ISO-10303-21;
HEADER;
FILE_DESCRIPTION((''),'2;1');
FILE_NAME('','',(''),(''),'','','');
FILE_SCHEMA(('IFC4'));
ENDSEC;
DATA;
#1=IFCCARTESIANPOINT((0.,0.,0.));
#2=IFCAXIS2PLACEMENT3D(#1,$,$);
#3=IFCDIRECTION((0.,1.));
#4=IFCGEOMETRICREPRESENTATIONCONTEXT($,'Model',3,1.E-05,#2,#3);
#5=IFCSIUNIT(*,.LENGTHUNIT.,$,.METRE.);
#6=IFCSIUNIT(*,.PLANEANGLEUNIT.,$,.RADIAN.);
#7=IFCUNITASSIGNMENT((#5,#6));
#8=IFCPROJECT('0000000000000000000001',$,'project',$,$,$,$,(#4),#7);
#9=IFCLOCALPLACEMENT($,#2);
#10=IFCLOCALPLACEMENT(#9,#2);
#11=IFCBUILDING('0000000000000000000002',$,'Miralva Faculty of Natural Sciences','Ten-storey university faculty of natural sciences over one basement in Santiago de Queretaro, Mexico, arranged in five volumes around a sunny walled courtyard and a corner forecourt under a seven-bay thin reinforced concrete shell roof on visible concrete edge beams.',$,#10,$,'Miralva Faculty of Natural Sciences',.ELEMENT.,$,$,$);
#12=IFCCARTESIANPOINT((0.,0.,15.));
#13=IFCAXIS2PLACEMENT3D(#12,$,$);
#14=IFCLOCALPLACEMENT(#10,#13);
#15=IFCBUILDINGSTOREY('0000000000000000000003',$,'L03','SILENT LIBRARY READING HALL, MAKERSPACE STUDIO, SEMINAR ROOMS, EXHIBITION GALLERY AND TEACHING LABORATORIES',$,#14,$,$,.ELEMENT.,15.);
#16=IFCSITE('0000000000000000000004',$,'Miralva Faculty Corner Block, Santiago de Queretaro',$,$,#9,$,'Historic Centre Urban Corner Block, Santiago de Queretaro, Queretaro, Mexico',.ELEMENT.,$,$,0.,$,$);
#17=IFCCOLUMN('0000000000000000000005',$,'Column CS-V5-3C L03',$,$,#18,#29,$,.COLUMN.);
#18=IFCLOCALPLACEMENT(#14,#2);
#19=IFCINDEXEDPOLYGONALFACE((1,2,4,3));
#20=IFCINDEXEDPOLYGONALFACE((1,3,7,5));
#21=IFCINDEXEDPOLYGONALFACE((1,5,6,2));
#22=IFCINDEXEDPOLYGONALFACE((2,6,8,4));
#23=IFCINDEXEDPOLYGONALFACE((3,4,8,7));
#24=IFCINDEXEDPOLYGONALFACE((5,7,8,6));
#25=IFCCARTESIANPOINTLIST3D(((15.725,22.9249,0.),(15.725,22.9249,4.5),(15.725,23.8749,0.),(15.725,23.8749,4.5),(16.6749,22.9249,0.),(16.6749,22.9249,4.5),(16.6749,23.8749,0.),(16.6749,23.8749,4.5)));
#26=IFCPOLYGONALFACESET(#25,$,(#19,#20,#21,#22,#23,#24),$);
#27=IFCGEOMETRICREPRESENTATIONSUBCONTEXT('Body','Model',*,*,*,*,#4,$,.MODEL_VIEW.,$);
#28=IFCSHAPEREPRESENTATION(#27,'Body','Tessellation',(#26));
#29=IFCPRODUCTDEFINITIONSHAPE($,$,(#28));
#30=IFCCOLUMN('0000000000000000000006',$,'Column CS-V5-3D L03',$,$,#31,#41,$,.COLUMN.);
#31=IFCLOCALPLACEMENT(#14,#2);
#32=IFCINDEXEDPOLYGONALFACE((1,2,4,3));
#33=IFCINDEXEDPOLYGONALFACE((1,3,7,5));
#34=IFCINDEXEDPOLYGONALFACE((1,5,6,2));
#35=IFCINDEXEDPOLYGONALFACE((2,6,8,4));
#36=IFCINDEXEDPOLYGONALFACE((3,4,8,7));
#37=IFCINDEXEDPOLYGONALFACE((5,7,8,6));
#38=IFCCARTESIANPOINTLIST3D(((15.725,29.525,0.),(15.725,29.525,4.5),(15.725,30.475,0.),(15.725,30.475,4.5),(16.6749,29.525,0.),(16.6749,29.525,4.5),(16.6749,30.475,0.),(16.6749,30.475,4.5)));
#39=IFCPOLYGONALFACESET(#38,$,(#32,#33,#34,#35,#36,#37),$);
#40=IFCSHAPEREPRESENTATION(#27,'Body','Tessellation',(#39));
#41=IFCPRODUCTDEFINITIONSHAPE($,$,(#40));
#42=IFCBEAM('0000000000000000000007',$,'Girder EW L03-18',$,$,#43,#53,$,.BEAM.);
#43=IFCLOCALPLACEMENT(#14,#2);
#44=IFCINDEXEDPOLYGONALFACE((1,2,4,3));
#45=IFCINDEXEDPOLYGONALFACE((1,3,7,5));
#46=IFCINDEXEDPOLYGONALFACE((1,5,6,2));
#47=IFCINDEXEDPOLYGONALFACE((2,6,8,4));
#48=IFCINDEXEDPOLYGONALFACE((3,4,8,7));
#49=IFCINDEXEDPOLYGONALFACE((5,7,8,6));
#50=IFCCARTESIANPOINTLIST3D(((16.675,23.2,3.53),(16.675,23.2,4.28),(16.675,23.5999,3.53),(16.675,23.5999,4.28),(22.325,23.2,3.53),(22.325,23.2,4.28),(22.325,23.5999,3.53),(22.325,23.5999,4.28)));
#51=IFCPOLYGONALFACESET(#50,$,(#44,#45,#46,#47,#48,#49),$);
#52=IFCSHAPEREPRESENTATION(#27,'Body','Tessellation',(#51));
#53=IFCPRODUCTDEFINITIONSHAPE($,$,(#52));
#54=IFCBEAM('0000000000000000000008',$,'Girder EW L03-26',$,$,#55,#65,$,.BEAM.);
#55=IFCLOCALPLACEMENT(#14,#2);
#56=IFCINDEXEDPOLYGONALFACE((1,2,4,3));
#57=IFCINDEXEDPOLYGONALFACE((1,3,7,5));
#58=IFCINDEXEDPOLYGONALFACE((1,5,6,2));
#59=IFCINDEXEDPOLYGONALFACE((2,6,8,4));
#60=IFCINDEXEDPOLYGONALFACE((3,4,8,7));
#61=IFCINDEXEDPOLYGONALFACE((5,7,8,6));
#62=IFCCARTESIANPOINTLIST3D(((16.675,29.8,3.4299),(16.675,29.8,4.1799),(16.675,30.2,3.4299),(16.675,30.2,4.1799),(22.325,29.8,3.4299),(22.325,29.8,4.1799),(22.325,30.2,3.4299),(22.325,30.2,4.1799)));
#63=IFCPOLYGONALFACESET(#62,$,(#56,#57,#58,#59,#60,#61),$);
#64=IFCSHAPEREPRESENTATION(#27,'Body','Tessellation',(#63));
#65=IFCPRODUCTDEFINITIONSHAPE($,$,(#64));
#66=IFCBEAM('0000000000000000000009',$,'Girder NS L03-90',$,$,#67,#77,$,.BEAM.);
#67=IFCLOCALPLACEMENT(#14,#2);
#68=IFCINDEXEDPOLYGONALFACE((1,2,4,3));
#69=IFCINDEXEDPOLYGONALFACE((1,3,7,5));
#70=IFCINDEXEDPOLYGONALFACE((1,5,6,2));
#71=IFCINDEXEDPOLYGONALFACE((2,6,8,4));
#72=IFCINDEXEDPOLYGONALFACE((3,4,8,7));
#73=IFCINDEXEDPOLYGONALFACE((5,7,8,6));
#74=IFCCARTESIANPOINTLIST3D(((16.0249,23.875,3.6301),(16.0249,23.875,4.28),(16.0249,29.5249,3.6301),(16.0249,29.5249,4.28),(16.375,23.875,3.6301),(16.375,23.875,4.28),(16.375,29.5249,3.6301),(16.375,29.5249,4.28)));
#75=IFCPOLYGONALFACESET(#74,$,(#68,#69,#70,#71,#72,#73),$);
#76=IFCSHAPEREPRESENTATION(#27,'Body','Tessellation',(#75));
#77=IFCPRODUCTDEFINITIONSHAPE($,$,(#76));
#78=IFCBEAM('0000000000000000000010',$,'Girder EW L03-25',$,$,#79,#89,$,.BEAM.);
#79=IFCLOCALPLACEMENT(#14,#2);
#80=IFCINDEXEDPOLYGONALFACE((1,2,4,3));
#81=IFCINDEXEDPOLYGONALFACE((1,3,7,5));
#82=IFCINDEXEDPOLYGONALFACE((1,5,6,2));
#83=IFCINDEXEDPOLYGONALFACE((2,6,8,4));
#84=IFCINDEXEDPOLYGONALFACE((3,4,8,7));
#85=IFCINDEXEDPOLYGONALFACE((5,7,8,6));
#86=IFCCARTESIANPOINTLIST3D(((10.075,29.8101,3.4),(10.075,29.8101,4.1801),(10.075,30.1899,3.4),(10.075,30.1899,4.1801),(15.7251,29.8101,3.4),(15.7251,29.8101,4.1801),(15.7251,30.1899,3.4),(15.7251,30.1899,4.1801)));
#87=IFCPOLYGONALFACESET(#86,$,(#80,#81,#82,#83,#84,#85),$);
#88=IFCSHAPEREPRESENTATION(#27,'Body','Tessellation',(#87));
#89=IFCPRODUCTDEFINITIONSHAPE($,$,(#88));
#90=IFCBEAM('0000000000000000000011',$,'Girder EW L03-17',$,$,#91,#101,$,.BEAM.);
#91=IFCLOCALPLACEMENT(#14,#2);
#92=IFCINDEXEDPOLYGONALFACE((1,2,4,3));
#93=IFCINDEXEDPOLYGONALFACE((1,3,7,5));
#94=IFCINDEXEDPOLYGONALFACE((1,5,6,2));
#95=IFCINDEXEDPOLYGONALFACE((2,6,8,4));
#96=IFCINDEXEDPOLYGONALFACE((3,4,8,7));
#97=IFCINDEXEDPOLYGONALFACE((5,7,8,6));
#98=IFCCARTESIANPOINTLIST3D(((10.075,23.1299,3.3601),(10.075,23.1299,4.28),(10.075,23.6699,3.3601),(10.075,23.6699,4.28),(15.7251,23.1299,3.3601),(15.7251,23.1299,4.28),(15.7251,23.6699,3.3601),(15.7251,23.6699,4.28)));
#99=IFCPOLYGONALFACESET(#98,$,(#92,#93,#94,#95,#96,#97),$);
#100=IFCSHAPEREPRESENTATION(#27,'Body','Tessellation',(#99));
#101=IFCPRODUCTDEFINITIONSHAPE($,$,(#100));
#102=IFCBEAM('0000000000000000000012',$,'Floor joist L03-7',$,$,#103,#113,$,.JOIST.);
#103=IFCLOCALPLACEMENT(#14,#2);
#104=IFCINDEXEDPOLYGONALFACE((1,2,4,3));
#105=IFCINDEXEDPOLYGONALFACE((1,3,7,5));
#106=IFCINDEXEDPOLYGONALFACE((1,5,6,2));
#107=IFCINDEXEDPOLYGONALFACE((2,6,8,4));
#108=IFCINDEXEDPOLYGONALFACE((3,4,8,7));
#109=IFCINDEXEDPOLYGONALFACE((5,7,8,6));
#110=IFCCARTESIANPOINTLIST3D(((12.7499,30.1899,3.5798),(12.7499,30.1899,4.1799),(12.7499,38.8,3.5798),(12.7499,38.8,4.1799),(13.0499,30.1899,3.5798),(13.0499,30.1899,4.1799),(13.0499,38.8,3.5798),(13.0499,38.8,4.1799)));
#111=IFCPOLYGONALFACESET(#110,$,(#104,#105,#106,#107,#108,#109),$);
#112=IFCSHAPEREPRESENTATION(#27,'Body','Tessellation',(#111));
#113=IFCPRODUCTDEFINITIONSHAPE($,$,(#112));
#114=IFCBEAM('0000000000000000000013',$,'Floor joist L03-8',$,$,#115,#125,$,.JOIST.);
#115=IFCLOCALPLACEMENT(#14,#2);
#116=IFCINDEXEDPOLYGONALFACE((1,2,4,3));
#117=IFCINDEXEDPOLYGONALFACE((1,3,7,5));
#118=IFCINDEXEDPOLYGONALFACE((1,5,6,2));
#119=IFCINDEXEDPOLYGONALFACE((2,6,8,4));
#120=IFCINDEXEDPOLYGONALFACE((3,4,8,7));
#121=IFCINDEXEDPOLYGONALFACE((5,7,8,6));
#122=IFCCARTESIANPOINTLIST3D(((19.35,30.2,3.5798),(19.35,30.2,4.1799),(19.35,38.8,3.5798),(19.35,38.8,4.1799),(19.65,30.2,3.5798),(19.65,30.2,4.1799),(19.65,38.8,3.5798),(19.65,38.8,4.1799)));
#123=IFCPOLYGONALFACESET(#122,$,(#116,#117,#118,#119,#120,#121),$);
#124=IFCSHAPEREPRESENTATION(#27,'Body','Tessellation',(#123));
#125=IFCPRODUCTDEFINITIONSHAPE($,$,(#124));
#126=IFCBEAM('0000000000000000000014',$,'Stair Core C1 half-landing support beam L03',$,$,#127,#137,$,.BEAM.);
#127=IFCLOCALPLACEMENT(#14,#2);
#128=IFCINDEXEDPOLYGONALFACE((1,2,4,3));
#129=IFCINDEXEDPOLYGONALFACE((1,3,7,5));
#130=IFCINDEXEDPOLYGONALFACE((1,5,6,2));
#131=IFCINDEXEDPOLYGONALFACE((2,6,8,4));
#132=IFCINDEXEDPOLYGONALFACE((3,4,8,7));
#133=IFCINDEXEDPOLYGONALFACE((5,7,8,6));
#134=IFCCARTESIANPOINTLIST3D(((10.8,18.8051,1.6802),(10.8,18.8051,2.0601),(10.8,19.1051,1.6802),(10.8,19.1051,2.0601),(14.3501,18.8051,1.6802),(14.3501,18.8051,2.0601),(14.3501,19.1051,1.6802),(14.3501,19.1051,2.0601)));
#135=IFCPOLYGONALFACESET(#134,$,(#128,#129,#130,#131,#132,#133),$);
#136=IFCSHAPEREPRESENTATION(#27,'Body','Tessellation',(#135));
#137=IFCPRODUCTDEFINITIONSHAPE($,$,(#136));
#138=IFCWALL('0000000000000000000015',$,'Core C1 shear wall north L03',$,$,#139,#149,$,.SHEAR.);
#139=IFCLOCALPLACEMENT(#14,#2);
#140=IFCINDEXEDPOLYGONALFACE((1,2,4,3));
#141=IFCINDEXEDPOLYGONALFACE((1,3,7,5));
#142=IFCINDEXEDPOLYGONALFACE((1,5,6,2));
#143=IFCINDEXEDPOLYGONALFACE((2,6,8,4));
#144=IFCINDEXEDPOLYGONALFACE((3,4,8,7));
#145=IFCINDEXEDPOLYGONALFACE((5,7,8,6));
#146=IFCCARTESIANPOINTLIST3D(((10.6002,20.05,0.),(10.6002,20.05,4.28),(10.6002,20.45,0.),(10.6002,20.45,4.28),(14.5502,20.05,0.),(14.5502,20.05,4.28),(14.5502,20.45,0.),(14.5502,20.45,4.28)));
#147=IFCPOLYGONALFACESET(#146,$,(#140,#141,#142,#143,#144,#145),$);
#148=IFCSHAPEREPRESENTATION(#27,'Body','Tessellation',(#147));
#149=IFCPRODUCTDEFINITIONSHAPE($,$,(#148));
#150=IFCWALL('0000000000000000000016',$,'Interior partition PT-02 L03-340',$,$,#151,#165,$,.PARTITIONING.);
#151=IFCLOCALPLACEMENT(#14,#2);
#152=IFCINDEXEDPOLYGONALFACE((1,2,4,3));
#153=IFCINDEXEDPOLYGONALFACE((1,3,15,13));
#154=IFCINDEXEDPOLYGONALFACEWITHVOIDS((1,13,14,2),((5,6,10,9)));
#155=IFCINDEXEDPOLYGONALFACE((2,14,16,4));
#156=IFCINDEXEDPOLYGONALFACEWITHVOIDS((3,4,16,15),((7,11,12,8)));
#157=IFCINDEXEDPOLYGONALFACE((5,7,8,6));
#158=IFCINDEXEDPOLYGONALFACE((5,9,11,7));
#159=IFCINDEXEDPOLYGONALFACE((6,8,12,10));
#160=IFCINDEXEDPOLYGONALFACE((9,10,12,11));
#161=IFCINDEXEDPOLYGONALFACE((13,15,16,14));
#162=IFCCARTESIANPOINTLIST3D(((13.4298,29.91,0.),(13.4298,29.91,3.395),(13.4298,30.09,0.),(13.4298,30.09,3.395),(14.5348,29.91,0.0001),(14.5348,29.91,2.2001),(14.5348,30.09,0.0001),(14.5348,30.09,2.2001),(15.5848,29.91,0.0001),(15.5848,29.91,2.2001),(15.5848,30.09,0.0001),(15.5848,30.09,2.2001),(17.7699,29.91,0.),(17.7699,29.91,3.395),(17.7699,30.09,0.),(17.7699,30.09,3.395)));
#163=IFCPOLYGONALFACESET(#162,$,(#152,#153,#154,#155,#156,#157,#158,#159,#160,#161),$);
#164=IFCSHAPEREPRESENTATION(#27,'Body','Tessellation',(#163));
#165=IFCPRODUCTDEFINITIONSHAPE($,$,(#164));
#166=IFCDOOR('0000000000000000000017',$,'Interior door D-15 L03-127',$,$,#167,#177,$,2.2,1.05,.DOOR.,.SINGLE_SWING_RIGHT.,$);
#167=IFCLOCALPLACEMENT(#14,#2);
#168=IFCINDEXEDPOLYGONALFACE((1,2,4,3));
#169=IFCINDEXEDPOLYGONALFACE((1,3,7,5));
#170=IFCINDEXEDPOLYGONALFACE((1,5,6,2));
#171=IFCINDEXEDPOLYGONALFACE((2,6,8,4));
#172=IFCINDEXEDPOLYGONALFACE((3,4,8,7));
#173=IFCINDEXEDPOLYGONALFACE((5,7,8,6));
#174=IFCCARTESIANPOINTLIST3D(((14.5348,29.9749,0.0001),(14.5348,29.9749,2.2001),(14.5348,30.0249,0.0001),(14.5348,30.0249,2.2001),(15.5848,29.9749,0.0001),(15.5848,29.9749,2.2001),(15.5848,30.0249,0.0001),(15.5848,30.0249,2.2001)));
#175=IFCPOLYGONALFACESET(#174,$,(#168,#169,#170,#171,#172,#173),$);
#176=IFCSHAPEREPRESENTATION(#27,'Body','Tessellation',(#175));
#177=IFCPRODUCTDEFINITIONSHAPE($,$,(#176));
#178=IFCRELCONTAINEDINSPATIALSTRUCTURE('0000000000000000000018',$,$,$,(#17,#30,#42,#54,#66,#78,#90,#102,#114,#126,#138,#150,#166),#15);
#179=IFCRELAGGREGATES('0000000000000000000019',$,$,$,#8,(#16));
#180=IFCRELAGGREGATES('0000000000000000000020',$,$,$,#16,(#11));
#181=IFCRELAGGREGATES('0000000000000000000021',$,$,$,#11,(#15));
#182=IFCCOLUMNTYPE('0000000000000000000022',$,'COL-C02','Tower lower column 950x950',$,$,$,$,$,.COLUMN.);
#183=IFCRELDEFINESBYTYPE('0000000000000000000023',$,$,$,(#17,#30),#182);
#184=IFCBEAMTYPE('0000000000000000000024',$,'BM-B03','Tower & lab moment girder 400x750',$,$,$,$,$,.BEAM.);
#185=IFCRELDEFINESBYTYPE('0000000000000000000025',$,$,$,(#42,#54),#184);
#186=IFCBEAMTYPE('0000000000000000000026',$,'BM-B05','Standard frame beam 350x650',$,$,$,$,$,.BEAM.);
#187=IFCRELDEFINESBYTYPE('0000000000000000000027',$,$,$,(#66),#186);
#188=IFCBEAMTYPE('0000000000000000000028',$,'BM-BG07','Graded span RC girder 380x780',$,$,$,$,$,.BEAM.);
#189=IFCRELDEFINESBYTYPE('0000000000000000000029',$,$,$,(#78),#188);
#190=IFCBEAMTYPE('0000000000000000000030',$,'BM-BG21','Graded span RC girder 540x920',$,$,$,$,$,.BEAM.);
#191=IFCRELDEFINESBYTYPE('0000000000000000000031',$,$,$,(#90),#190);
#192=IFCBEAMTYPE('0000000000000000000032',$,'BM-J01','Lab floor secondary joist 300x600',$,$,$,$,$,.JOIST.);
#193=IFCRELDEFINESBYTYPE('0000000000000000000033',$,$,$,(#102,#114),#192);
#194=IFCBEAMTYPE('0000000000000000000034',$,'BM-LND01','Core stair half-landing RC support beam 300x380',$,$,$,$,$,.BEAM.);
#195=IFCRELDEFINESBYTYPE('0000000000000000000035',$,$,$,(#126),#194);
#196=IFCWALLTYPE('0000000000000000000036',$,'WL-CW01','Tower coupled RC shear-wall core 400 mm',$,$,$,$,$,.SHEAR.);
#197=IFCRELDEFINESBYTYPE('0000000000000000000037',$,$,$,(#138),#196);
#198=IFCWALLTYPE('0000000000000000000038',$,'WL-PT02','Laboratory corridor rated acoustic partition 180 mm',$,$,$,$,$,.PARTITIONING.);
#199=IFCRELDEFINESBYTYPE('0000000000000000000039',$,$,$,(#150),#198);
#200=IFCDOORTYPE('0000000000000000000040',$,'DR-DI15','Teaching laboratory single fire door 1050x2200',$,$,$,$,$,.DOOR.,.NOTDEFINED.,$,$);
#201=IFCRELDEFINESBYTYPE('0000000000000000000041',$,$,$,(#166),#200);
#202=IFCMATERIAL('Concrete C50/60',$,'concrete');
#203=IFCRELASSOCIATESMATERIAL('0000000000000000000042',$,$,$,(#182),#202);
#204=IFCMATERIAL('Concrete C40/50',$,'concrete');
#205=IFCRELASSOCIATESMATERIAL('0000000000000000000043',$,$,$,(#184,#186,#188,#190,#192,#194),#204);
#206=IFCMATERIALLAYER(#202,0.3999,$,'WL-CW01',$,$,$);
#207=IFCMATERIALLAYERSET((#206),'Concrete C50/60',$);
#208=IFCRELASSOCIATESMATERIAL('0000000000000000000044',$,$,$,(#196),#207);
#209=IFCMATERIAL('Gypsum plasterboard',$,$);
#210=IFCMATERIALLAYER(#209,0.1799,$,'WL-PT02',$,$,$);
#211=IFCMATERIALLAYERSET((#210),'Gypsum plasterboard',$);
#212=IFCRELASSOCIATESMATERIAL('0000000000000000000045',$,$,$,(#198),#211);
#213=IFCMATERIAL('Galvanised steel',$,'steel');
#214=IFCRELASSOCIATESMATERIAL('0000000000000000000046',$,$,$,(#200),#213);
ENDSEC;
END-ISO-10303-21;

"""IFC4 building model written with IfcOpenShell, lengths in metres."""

from ifc_helpers import new_model, si_unit, direction, frame, frame_2d, origin, origin_2d, place, context, subcontext, project, spatial, rectangle, extrude, material, layer, layer_set, material_profile, profile_set, type_object, element, fill, save


model = new_model("IFC4")

# Units and contexts
model_context = context("Model", 3, precision=1e-05, world=origin(), true_north=direction((0.0, 1.0)))
body_context = subcontext(model_context, "Body", "Model", "MODEL_VIEW")
ifc_project = project(units=[si_unit("LENGTHUNIT", "METRE"), si_unit("PLANEANGLEUNIT", "RADIAN")], contexts=[model_context])

# Site, building, storey
site_placement = place(None, origin())
site = spatial("IfcSite", under=ifc_project, at=site_placement, Name="Miralva Faculty Corner Block, Santiago de Queretaro", LongName="Historic Centre Urban Corner Block, Santiago de Queretaro, Queretaro, Mexico", CompositionType="ELEMENT", RefElevation=0.0)
building_placement = place(site_placement, origin())
building = spatial("IfcBuilding", under=site, at=building_placement, Name="Miralva Faculty of Natural Sciences", Description="Ten-storey university faculty of natural sciences over one basement in Santiago de Queretaro, Mexico, arranged in five volumes around a sunny walled courtyard and a corner forecourt under a seven-bay thin reinforced concrete shell roof on visible concrete edge beams.", LongName="Miralva Faculty of Natural Sciences", CompositionType="ELEMENT")
storey_placement = place(building_placement, frame((0.0, 0.0, 15.0)))
storey = spatial("IfcBuildingStorey", under=building, at=storey_placement, Name="L03", Description="SILENT LIBRARY READING HALL, MAKERSPACE STUDIO, SEMINAR ROOMS, EXHIBITION GALLERY AND TEACHING LABORATORIES", CompositionType="ELEMENT", Elevation=15.0)

# Columns
ifc_material_1 = material(Name="Concrete C50/60", Category="concrete")
ifc_material_profile_1 = material_profile(ifc_material_1, rectangle(XDim=0.95, YDim=0.95, at=origin_2d()), Name="RC 950x950")
ifc_profile_set_1 = profile_set([ifc_material_profile_1], Name="Concrete C50/60")
column_type = type_object("IfcColumnType", Name="COL-C02", Description="Tower lower column 950x950", PredefinedType="COLUMN", material=ifc_profile_set_1)
for number, where, z_axis, x_axis, name in (
    (1, (16.2, 23.3999, 0.0), (0.0, 0.0, 1.0), (1.0, 0.0, 0.0), "Column CS-V5-3C L03"),
    (2, (16.2, 30.0, 0.0), (0.0, 0.0, 1.0), (1.0, 0.0, 0.0), "Column CS-V5-3D L03"),
):
    element("IfcColumn", number, at=place(storey_placement, frame(where, z_axis=z_axis, x_axis=x_axis)), inside=storey, type_object=column_type, Name=name, PredefinedType="COLUMN", context=body_context, shape_type="SweptSolid", body=[
        extrude(rectangle(XDim=0.95, YDim=0.95, at=origin_2d()), origin(), (0.0, 0.0, 1.0), 4.5),
    ])

# Beams
ifc_material_2 = material(Name="Concrete C40/50", Category="concrete")
ifc_material_profile_2 = material_profile(ifc_material_2, rectangle(XDim=0.3999, YDim=0.75, at=origin_2d()), Name="RC 400x750")
ifc_profile_set_2 = profile_set([ifc_material_profile_2], Name="Concrete C40/50")
beam_type_1 = type_object("IfcBeamType", Name="BM-B03", Description="Tower & lab moment girder 400x750", PredefinedType="BEAM", material=ifc_profile_set_2)
for number, where, z_axis, x_axis, name in (
    (3, (16.675, 23.3999, 3.905), (1.0, 0.0, 0.0), (0.0, 1.0, 0.0), "Girder EW L03-18"),
    (4, (16.675, 30.0, 3.8049), (1.0, 0.0, 0.0), (0.0, 1.0, 0.0), "Girder EW L03-26"),
):
    element("IfcBeam", number, at=place(storey_placement, frame(where, z_axis=z_axis, x_axis=x_axis)), inside=storey, type_object=beam_type_1, Name=name, PredefinedType="BEAM", context=body_context, shape_type="SweptSolid", body=[
        extrude(rectangle(XDim=0.3999, YDim=0.75, at=origin_2d()), origin(), (0.0, 0.0, 1.0), 5.6499),
    ])
ifc_material_profile_3 = material_profile(ifc_material_2, rectangle(XDim=0.3501, YDim=0.6499, at=origin_2d()), Name="RC 350x650")
ifc_profile_set_3 = profile_set([ifc_material_profile_3], Name="Concrete C40/50")
beam_type_2 = type_object("IfcBeamType", Name="BM-B05", Description="Standard frame beam 350x650", PredefinedType="BEAM", material=ifc_profile_set_3)
beam_1_placement = place(storey_placement, frame((16.2, 23.875, 3.9551), z_axis=(0.0, 1.0, 0.0), x_axis=(-1.0, 0.0, 0.0)))
element("IfcBeam", 5, at=beam_1_placement, inside=storey, type_object=beam_type_2, Name="Girder NS L03-90", PredefinedType="BEAM", context=body_context, shape_type="SweptSolid", body=[
    extrude(rectangle(XDim=0.3501, YDim=0.6499, at=origin_2d()), origin(), (0.0, 0.0, 1.0), 5.6499),
])
ifc_material_profile_4 = material_profile(ifc_material_2, rectangle(XDim=0.3799, YDim=0.78, at=origin_2d()), Name="RC 380x780")
ifc_profile_set_4 = profile_set([ifc_material_profile_4], Name="Concrete C40/50")
beam_type_3 = type_object("IfcBeamType", Name="BM-BG07", Description="Graded span RC girder 380x780", PredefinedType="BEAM", material=ifc_profile_set_4)
beam_2_placement = place(storey_placement, frame((10.075, 30.0, 3.79), z_axis=(1.0, 0.0, 0.0), x_axis=(0.0, 1.0, 0.0)))
element("IfcBeam", 6, at=beam_2_placement, inside=storey, type_object=beam_type_3, Name="Girder EW L03-25", PredefinedType="BEAM", context=body_context, shape_type="SweptSolid", body=[
    extrude(rectangle(XDim=0.3799, YDim=0.78, at=origin_2d()), origin(), (0.0, 0.0, 1.0), 5.6501),
])
ifc_material_profile_5 = material_profile(ifc_material_2, rectangle(XDim=0.54, YDim=0.9199, at=origin_2d()), Name="RC 540x920")
ifc_profile_set_5 = profile_set([ifc_material_profile_5], Name="Concrete C40/50")
beam_type_4 = type_object("IfcBeamType", Name="BM-BG21", Description="Graded span RC girder 540x920", PredefinedType="BEAM", material=ifc_profile_set_5)
beam_3_placement = place(storey_placement, frame((10.075, 23.3999, 3.8201), z_axis=(1.0, 0.0, 0.0), x_axis=(0.0, 1.0, 0.0)))
element("IfcBeam", 7, at=beam_3_placement, inside=storey, type_object=beam_type_4, Name="Girder EW L03-17", PredefinedType="BEAM", context=body_context, shape_type="SweptSolid", body=[
    extrude(rectangle(XDim=0.54, YDim=0.9199, at=origin_2d()), origin(), (0.0, 0.0, 1.0), 5.6501),
])
ifc_material_profile_6 = material_profile(ifc_material_2, rectangle(XDim=0.3, YDim=0.6001, at=origin_2d()), Name="RC 300x600")
ifc_profile_set_6 = profile_set([ifc_material_profile_6], Name="Concrete C40/50")
beam_type_5 = type_object("IfcBeamType", Name="BM-J01", Description="Lab floor secondary joist 300x600", PredefinedType="JOIST", material=ifc_profile_set_6)
beam_4_placement = place(storey_placement, frame((12.8999, 30.1899, 3.8799), z_axis=(0.0, 1.0, 0.0), x_axis=(-1.0, 0.0, 0.0)))
element("IfcBeam", 8, at=beam_4_placement, inside=storey, type_object=beam_type_5, Name="Floor joist L03-7", PredefinedType="JOIST", context=body_context, shape_type="SweptSolid", body=[
    extrude(rectangle(XDim=0.3, YDim=0.6001, at=origin_2d()), origin(), (0.0, 0.0, 1.0), 8.6101),
])
beam_5_placement = place(storey_placement, frame((19.5, 30.2, 3.8799), z_axis=(0.0, 1.0, 0.0), x_axis=(-1.0, 0.0, 0.0)))
element("IfcBeam", 9, at=beam_5_placement, inside=storey, type_object=beam_type_5, Name="Floor joist L03-8", PredefinedType="JOIST", context=body_context, shape_type="SweptSolid", body=[
    extrude(rectangle(XDim=0.3, YDim=0.6001, at=origin_2d()), origin(), (0.0, 0.0, 1.0), 8.6001),
])
ifc_material_profile_7 = material_profile(ifc_material_2, rectangle(XDim=0.3, YDim=0.3799, at=origin_2d()), Name="RC 300x380")
ifc_profile_set_7 = profile_set([ifc_material_profile_7], Name="Concrete C40/50")
beam_type_6 = type_object("IfcBeamType", Name="BM-LND01", Description="Core stair half-landing RC support beam 300x380", PredefinedType="BEAM", material=ifc_profile_set_7)
beam_6_placement = place(storey_placement, frame((10.8, 18.9551, 1.8701), z_axis=(1.0, 0.0, 0.0), x_axis=(0.0, 1.0, 0.0)))
element("IfcBeam", 10, at=beam_6_placement, inside=storey, type_object=beam_type_6, Name="Stair Core C1 half-landing support beam L03", PredefinedType="BEAM", context=body_context, shape_type="SweptSolid", body=[
    extrude(rectangle(XDim=0.3, YDim=0.3799, at=origin_2d()), origin(), (0.0, 0.0, 1.0), 3.55),
])

# Wall
ifc_layer_1 = layer(ifc_material_1, 0.3999, Name="WL-CW01")
ifc_layer_set_1 = layer_set([ifc_layer_1], Name="Concrete C50/60")
wall_type_1 = type_object("IfcWallType", Name="WL-CW01", Description="Tower coupled RC shear-wall core 400 mm", PredefinedType="SHEAR", material=ifc_layer_set_1)
wall_1_placement = place(storey_placement, frame((10.6001, 20.25, 0.0), z_axis=(0.0, 0.0, 1.0), x_axis=(1.0, 0.0, 0.0)))
element("IfcWall", 11, at=wall_1_placement, inside=storey, type_object=wall_type_1, Name="Core C1 shear wall north L03", PredefinedType="SHEAR", context=body_context, shape_type="SweptSolid", body=[
    extrude(rectangle(XDim=3.95, YDim=0.3999, at=frame_2d((1.9751, 0.0))), origin(), (0.0, 0.0, 1.0), 4.28),
])

# Wall, opening, door
ifc_material_3 = material(Name="Gypsum plasterboard")
ifc_layer_2 = layer(ifc_material_3, 0.1799, Name="WL-PT02")
ifc_layer_set_2 = layer_set([ifc_layer_2], Name="Gypsum plasterboard")
wall_type_2 = type_object("IfcWallType", Name="WL-PT02", Description="Laboratory corridor rated acoustic partition 180 mm", PredefinedType="PARTITIONING", material=ifc_layer_set_2)
wall_2_placement = place(storey_placement, frame((13.4299, 30.0, 0.0), z_axis=(0.0, 0.0, 1.0), x_axis=(1.0, 0.0, 0.0)))
wall_2 = element("IfcWall", 12, at=wall_2_placement, inside=storey, type_object=wall_type_2, Name="Interior partition PT-02 L03-340", PredefinedType="PARTITIONING", context=body_context, shape_type="SweptSolid", body=[
    extrude(rectangle(XDim=4.3401, YDim=0.1799, at=frame_2d((2.1699, 0.0))), origin(), (0.0, 0.0, 1.0), 3.395),
])
opening_1_placement = place(wall_2_placement, frame((1.105, 0.0, 0.0)))
opening_1 = element("IfcOpeningElement", 13, at=opening_1_placement, cuts=wall_2, PredefinedType="OPENING", context=body_context, shape_type="SweptSolid", body=[
    extrude(rectangle(XDim=1.05, YDim=2.2, at=frame_2d((0.5249, 1.1001))), frame((0.0, 0.0999, 0.0), z_axis=(0.0, -1.0, 0.0), x_axis=(1.0, 0.0, 0.0)), (0.0, 0.0, 1.0), 0.2),
])
ifc_material_4 = material(Name="Galvanised steel", Category="steel")
door_type_1 = type_object("IfcDoorType", Name="DR-DI15", Description="Teaching laboratory single fire door 1050x2200", OperationType="NOTDEFINED", PredefinedType="DOOR", material=ifc_material_4)
door_1_placement = place(opening_1_placement, origin())
door_1 = element("IfcDoor", 14, at=door_1_placement, inside=storey, type_object=door_type_1, Name="Interior door D-15 L03-127", OperationType="SINGLE_SWING_RIGHT", OverallHeight=2.2, OverallWidth=1.05, PredefinedType="DOOR", context=body_context, shape_type="SweptSolid", body=[
    extrude(rectangle(XDim=1.05, YDim=2.2, at=frame_2d((0.5249, 1.1001))), frame((0.0, 0.0249, 0.0), z_axis=(0.0, -1.0, 0.0), x_axis=(1.0, 0.0, 0.0)), (0.0, 0.0, 1.0), 0.05),
])
fill(opening_1, door_1)

save(model, "model.ifc")
